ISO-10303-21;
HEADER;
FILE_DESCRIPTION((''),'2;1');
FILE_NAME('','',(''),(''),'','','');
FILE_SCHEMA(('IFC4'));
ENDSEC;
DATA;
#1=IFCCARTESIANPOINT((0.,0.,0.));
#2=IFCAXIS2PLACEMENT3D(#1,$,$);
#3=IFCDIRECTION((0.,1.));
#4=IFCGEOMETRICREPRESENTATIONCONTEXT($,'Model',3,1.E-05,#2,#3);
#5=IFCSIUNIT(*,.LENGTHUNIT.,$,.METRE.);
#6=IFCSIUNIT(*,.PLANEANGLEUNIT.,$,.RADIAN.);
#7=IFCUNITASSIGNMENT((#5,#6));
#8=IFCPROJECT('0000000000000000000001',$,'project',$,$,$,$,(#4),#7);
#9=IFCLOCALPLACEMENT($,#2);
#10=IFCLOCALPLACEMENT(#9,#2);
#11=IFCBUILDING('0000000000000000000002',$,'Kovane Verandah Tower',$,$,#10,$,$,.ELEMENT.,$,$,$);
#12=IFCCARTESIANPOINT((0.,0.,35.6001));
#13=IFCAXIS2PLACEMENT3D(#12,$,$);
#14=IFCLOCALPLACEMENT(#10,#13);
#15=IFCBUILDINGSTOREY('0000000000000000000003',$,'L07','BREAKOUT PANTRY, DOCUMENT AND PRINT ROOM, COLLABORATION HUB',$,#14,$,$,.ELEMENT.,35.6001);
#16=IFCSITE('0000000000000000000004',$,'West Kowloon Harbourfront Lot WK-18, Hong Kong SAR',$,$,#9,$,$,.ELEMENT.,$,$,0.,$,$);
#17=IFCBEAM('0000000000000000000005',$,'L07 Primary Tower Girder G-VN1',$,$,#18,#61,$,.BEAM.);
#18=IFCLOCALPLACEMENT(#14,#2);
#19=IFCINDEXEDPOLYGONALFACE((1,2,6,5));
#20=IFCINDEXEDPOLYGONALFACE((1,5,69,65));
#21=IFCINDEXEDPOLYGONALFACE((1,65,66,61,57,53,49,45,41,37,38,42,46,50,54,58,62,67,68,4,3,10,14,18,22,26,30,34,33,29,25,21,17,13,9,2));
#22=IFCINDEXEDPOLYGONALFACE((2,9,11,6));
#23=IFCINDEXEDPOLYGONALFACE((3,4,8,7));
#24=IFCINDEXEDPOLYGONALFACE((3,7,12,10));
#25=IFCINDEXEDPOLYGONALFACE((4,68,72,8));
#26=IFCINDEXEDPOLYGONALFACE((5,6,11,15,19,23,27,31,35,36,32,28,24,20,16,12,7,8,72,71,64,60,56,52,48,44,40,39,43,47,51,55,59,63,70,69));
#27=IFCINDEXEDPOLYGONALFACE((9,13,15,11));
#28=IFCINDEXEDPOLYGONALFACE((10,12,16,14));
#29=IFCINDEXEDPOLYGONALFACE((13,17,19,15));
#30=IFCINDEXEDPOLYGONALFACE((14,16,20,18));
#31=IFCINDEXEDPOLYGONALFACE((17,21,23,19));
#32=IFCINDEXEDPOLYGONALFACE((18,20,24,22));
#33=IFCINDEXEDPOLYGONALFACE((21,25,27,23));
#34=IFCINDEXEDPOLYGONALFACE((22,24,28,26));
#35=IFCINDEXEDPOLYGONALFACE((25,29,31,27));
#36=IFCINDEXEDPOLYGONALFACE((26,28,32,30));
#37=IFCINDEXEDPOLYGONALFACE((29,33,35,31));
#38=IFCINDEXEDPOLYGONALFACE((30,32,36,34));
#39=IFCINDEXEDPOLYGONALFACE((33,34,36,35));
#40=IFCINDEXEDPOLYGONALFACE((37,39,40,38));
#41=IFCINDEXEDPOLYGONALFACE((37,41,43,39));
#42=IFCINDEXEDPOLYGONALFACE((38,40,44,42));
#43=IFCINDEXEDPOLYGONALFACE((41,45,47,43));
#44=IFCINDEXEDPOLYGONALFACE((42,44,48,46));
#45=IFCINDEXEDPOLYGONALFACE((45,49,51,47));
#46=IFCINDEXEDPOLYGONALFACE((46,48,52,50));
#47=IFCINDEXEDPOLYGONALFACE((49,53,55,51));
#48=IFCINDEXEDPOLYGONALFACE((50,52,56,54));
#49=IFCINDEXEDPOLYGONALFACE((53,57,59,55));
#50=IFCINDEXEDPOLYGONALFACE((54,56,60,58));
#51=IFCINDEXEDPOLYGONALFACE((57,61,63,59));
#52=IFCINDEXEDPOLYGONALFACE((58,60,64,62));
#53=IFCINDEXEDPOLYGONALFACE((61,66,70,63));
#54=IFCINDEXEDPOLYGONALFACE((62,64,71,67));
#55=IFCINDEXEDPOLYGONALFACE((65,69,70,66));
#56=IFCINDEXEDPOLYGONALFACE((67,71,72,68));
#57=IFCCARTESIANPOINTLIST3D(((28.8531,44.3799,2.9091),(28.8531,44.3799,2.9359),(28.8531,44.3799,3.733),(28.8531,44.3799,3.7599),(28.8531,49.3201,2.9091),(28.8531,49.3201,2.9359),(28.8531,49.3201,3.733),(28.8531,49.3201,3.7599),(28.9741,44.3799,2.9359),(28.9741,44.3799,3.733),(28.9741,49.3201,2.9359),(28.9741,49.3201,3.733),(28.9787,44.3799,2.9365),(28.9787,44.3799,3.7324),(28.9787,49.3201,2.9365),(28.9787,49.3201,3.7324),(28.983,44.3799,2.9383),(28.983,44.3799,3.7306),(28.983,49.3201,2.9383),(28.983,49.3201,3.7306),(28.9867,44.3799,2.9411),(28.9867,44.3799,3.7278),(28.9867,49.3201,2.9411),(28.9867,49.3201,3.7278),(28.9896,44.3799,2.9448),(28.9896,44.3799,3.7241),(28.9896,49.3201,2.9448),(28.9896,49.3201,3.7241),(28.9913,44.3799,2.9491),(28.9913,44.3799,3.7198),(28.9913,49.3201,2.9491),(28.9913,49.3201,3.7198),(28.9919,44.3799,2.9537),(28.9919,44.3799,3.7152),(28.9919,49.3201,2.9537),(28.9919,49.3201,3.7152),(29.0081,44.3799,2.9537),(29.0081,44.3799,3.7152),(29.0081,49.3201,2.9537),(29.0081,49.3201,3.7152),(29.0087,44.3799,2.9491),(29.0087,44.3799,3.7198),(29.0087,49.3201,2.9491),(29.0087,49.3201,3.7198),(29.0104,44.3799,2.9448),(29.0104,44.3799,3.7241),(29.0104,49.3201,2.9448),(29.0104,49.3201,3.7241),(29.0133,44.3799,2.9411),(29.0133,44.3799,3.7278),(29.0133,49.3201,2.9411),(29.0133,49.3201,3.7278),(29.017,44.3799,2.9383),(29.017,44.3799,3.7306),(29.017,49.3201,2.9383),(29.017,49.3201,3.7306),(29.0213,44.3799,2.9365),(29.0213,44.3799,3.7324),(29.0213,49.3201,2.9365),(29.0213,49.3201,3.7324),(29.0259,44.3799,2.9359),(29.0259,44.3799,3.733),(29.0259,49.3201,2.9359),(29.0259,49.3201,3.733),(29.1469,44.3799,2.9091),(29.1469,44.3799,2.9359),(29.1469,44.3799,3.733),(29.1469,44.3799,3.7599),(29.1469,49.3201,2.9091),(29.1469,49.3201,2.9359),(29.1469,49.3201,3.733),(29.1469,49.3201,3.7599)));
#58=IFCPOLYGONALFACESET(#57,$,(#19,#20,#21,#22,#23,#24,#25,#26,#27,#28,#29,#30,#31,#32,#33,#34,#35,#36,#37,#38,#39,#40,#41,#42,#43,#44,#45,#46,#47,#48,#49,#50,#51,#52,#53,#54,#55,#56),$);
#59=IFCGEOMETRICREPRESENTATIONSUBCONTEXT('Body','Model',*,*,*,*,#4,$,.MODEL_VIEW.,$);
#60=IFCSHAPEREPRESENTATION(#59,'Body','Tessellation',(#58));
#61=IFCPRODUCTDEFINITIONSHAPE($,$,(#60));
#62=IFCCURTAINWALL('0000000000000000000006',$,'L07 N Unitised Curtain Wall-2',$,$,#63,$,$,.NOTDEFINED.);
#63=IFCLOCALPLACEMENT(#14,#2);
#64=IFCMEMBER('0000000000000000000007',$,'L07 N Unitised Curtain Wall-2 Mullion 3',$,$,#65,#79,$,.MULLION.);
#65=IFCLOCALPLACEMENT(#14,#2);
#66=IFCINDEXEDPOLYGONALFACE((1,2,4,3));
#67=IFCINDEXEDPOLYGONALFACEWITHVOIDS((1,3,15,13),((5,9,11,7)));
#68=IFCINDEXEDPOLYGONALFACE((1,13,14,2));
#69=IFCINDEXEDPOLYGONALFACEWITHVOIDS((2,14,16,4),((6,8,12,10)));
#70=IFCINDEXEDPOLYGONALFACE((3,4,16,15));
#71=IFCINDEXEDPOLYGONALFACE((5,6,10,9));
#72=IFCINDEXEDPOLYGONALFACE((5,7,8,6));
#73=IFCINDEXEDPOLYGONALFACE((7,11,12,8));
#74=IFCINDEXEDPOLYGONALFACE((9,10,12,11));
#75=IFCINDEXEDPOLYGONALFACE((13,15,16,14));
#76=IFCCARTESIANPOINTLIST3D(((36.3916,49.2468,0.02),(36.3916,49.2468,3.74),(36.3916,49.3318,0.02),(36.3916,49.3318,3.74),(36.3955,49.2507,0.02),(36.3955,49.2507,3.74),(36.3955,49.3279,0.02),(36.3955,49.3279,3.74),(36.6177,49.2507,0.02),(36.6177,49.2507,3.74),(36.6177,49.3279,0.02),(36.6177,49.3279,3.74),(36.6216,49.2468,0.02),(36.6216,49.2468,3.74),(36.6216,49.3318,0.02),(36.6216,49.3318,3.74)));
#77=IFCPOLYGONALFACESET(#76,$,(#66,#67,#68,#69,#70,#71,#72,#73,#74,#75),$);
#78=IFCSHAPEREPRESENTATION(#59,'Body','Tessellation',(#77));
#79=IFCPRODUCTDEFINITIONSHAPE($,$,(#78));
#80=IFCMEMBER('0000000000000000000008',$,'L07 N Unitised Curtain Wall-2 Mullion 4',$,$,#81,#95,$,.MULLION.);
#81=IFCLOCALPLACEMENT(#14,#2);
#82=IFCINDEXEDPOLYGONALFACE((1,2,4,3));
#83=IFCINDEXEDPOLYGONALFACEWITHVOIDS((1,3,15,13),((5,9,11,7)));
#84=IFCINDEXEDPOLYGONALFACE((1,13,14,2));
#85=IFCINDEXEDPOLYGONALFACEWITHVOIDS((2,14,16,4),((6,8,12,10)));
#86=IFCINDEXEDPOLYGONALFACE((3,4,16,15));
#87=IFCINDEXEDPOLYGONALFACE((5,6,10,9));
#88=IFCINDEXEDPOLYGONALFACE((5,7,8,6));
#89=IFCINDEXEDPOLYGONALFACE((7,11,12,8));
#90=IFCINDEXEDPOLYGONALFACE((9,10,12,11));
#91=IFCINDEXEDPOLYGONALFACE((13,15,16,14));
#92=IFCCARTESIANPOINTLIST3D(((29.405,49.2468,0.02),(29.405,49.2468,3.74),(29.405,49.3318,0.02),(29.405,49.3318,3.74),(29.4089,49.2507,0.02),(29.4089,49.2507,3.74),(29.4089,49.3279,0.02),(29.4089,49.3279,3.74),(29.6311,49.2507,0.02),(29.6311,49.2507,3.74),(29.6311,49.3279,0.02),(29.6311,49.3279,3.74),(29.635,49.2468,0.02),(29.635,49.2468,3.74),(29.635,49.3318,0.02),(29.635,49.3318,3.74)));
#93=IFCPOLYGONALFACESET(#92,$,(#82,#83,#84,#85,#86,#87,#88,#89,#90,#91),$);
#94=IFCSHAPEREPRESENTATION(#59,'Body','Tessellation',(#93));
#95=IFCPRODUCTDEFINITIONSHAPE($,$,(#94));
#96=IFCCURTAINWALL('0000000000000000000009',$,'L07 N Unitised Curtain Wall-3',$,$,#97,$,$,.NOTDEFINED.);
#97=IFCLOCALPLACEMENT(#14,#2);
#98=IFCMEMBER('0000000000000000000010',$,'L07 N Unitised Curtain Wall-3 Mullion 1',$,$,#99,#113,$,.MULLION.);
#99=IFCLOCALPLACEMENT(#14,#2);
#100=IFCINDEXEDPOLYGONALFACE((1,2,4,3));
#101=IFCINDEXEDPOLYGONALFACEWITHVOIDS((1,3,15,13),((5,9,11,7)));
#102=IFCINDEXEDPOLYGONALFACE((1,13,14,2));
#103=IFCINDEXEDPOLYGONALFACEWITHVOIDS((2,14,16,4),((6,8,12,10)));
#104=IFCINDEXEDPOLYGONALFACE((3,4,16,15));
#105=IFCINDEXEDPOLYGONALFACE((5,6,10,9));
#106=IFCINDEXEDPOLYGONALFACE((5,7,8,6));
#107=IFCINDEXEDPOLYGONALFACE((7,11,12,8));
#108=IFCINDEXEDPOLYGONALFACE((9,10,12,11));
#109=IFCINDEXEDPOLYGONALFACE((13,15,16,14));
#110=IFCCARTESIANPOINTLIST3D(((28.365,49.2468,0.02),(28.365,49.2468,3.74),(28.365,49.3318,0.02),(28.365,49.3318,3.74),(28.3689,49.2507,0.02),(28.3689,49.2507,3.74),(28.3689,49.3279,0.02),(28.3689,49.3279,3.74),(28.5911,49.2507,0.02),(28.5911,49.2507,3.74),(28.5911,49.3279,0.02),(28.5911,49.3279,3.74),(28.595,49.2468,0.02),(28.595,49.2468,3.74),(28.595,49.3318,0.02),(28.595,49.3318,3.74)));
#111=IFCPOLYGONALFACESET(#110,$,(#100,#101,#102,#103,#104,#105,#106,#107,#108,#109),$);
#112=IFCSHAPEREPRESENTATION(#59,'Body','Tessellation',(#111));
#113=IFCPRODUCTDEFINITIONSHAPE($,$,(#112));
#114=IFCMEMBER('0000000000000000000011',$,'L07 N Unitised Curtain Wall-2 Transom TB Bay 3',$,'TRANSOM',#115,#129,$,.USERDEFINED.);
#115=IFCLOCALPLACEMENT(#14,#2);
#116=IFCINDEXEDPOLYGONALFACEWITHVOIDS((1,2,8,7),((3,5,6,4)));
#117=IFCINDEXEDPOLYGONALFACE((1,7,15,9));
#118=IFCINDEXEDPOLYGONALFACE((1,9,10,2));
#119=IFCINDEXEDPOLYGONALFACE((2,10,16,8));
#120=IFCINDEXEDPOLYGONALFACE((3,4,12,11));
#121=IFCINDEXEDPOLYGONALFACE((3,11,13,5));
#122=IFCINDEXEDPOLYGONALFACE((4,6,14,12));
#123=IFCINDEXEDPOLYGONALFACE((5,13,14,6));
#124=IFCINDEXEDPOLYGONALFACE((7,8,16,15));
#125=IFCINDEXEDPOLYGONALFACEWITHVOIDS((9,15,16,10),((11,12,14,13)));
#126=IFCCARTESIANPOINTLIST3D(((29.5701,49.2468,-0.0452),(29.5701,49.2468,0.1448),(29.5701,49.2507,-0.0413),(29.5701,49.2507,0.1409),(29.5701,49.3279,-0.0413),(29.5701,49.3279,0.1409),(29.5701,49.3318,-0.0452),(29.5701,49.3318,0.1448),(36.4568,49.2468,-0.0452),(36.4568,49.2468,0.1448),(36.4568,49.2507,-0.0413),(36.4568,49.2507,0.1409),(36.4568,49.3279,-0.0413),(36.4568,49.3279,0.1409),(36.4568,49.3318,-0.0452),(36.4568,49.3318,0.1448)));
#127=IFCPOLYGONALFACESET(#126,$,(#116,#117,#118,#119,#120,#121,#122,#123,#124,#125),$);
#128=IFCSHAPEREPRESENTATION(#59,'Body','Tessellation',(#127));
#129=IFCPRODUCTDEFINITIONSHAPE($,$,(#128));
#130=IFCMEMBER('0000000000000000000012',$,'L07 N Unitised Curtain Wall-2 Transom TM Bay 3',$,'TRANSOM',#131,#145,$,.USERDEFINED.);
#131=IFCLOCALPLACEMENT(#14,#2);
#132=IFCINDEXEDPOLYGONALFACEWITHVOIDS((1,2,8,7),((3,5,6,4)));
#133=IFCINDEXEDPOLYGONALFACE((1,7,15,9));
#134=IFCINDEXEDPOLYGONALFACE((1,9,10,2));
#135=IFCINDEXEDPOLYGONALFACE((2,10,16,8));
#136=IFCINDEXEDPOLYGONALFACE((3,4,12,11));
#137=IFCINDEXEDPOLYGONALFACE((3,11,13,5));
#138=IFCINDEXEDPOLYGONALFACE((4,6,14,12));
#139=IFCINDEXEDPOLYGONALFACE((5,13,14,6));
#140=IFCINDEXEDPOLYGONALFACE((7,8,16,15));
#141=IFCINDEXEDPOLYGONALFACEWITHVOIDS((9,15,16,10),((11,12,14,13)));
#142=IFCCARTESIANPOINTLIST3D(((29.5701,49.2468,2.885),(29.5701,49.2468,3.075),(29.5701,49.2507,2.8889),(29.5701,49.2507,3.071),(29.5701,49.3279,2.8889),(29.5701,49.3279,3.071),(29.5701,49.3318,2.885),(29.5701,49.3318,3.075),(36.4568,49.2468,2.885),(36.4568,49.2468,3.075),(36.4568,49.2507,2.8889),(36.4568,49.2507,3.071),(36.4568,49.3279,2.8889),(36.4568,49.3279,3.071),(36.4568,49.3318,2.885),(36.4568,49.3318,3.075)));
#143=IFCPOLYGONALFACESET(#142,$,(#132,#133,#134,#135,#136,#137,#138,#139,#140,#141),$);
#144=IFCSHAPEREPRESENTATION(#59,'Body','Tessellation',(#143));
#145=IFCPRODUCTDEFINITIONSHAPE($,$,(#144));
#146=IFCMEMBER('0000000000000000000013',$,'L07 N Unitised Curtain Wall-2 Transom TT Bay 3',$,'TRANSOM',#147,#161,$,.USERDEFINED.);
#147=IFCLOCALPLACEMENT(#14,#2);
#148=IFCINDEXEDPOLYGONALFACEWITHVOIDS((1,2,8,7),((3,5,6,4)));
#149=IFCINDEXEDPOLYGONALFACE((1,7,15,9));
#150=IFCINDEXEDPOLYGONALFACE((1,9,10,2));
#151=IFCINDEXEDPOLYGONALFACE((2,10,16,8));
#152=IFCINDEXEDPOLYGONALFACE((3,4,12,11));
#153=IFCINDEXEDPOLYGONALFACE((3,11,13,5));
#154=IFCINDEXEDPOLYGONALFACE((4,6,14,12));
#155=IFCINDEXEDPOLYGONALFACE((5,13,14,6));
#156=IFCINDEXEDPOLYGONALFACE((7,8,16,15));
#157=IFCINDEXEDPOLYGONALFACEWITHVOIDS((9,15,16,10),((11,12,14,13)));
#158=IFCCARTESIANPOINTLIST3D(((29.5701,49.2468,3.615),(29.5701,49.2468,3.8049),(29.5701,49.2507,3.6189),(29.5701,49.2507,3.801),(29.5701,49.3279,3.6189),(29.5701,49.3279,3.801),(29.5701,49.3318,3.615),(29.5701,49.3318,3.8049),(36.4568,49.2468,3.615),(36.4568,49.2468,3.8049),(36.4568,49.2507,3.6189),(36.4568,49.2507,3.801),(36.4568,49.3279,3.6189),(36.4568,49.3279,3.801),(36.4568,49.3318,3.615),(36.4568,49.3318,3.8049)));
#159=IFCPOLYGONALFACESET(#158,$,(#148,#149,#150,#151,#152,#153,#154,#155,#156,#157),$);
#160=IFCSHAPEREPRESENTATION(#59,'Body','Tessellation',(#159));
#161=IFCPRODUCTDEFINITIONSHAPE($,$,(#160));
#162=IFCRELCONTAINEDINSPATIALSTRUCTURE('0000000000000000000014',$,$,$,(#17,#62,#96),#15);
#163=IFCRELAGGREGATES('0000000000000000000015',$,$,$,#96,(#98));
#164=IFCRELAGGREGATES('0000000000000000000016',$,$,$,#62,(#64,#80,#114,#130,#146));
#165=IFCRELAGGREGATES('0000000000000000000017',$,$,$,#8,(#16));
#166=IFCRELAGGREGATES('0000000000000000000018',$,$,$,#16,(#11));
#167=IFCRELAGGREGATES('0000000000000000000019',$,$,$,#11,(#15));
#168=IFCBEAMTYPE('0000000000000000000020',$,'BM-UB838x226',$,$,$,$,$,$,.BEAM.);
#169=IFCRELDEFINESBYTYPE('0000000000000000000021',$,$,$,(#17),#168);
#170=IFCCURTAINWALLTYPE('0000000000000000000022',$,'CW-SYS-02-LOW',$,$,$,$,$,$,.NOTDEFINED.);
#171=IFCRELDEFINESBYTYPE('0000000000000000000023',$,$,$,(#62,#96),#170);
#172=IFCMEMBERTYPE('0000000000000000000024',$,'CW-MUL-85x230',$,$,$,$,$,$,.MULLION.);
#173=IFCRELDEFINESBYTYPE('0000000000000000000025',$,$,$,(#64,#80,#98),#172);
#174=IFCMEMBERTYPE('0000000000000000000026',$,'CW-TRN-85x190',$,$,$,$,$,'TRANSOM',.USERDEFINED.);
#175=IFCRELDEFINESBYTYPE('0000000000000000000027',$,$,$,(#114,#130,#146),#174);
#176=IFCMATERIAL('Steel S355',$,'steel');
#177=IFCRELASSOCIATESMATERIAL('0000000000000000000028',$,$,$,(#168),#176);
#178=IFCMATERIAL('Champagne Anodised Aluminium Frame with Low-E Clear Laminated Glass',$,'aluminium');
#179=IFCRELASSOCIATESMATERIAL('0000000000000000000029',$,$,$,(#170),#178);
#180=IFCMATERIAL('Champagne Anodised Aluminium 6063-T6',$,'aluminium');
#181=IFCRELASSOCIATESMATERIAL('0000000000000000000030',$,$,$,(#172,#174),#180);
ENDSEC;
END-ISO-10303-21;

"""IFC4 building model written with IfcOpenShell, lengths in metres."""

from ifc_helpers import new_model, si_unit, direction, frame, origin, origin_2d, place, context, subcontext, project, spatial, hollow_rectangle, i_section, extrude, material, material_profile, profile_set, type_object, element, aggregate, save


model = new_model("IFC4")

# Units and contexts
model_context = context("Model", 3, precision=1e-05, world=origin(), true_north=direction((0.0, 1.0)))
body_context = subcontext(model_context, "Body", "Model", "MODEL_VIEW")
ifc_project = project(units=[si_unit("LENGTHUNIT", "METRE"), si_unit("PLANEANGLEUNIT", "RADIAN")], contexts=[model_context])

# Site, building, storey
site_placement = place(None, origin())
site = spatial("IfcSite", under=ifc_project, at=site_placement, Name="West Kowloon Harbourfront Lot WK-18, Hong Kong SAR", CompositionType="ELEMENT", RefElevation=0.0)
building_placement = place(site_placement, origin())
building = spatial("IfcBuilding", under=site, at=building_placement, Name="Kovane Verandah Tower", CompositionType="ELEMENT")
storey_placement = place(building_placement, frame((0.0, 0.0, 35.6001)))
storey = spatial("IfcBuildingStorey", under=building, at=storey_placement, Name="L07", Description="BREAKOUT PANTRY, DOCUMENT AND PRINT ROOM, COLLABORATION HUB", CompositionType="ELEMENT", Elevation=35.6001)

# Beam
ifc_material_1 = material(Name="Steel S355", Category="steel")
ifc_material_profile_1 = material_profile(ifc_material_1, i_section(OverallWidth=0.2937, OverallDepth=0.8508, WebThickness=0.0161, FlangeThickness=0.0269, FilletRadius=0.0178, at=origin_2d()), Name="UB838x292x226")
ifc_profile_set_1 = profile_set([ifc_material_profile_1], Name="Steel S355")
beam_type_1 = type_object("IfcBeamType", Name="BM-UB838x226", PredefinedType="BEAM", material=ifc_profile_set_1)
beam_1_placement = place(storey_placement, frame((29.0, 44.3799, 3.3345), z_axis=(0.0, 1.0, 0.0), x_axis=(-1.0, 0.0, 0.0)))
element("IfcBeam", 1, at=beam_1_placement, inside=storey, type_object=beam_type_1, Name="L07 Primary Tower Girder G-VN1", PredefinedType="BEAM", context=body_context, shape_type="SweptSolid", body=[
    extrude(i_section(OverallWidth=0.2937, OverallDepth=0.8508, WebThickness=0.0161, FlangeThickness=0.0269, FilletRadius=0.0178, at=origin_2d()), origin(), (0.0, 0.0, 1.0), 4.9402),
])

# Curtain wall, members
ifc_material_2 = material(Name="Champagne Anodised Aluminium Frame with Low-E Clear Laminated Glass", Category="aluminium")
curtain_wall_type = type_object("IfcCurtainWallType", Name="CW-SYS-02-LOW", PredefinedType="NOTDEFINED", material=ifc_material_2)
curtain_wall_1_placement = place(storey_placement, origin())
curtain_wall_1 = element("IfcCurtainWall", 2, at=curtain_wall_1_placement, inside=storey, type_object=curtain_wall_type, Name="L07 N Unitised Curtain Wall-2", PredefinedType="NOTDEFINED")
ifc_material_3 = material(Name="Champagne Anodised Aluminium 6063-T6", Category="aluminium")
ifc_material_profile_2 = material_profile(ifc_material_3, hollow_rectangle(XDim=0.085, YDim=0.23, WallThickness=0.0039, at=origin_2d()), Name="AL85x230x4")
ifc_profile_set_2 = profile_set([ifc_material_profile_2], Name="Champagne Anodised Aluminium 6063-T6")
member_type_1 = type_object("IfcMemberType", Name="CW-MUL-85x230", PredefinedType="MULLION", material=ifc_profile_set_2)
member_1_placement = place(storey_placement, frame((36.5066, 49.2893, 0.02), z_axis=(0.0, 0.0, 1.0), x_axis=(0.0, 1.0, 0.0)))
member_1 = element("IfcMember", 3, at=member_1_placement, type_object=member_type_1, Name="L07 N Unitised Curtain Wall-2 Mullion 3", PredefinedType="MULLION", context=body_context, shape_type="SweptSolid", body=[
    extrude(hollow_rectangle(XDim=0.085, YDim=0.23, WallThickness=0.0039, at=origin_2d()), origin(), (0.0, 0.0, 1.0), 3.72),
])
member_2_placement = place(storey_placement, frame((29.52, 49.2893, 0.02), z_axis=(0.0, 0.0, 1.0), x_axis=(0.0, 1.0, 0.0)))
member_2 = element("IfcMember", 4, at=member_2_placement, type_object=member_type_1, Name="L07 N Unitised Curtain Wall-2 Mullion 4", PredefinedType="MULLION", context=body_context, shape_type="SweptSolid", body=[
    extrude(hollow_rectangle(XDim=0.085, YDim=0.23, WallThickness=0.0039, at=origin_2d()), origin(), (0.0, 0.0, 1.0), 3.72),
])

# Curtain wall, member
curtain_wall_2_placement = place(storey_placement, origin())
curtain_wall_2 = element("IfcCurtainWall", 5, at=curtain_wall_2_placement, inside=storey, type_object=curtain_wall_type, Name="L07 N Unitised Curtain Wall-3", PredefinedType="NOTDEFINED")
member_3_placement = place(storey_placement, frame((28.48, 49.2893, 0.02), z_axis=(0.0, 0.0, 1.0), x_axis=(0.0, 1.0, 0.0)))
member_3 = element("IfcMember", 6, at=member_3_placement, type_object=member_type_1, Name="L07 N Unitised Curtain Wall-3 Mullion 1", PredefinedType="MULLION", context=body_context, shape_type="SweptSolid", body=[
    extrude(hollow_rectangle(XDim=0.085, YDim=0.23, WallThickness=0.0039, at=origin_2d()), origin(), (0.0, 0.0, 1.0), 3.72),
])
aggregate(curtain_wall_2, [member_3])

# Members
ifc_material_profile_3 = material_profile(ifc_material_3, hollow_rectangle(XDim=0.085, YDim=0.1899, WallThickness=0.0039, at=origin_2d()), Name="AL85x190x4")
ifc_profile_set_3 = profile_set([ifc_material_profile_3], Name="Champagne Anodised Aluminium 6063-T6")
member_type_2 = type_object("IfcMemberType", Name="CW-TRN-85x190", ElementType="TRANSOM", PredefinedType="USERDEFINED", material=ifc_profile_set_3)
member_4_placement = place(storey_placement, frame((36.4568, 49.2893, 0.0498), z_axis=(-1.0, 0.0, 0.0), x_axis=(0.0, -1.0, 0.0)))
member_4 = element("IfcMember", 7, at=member_4_placement, type_object=member_type_2, Name="L07 N Unitised Curtain Wall-2 Transom TB Bay 3", ObjectType="TRANSOM", PredefinedType="USERDEFINED", context=body_context, shape_type="SweptSolid", body=[
    extrude(hollow_rectangle(XDim=0.085, YDim=0.1899, WallThickness=0.0039, at=origin_2d()), origin(), (0.0, 0.0, 1.0), 6.8867),
])
member_5_placement = place(storey_placement, frame((36.4568, 49.2893, 2.98), z_axis=(-1.0, 0.0, 0.0), x_axis=(0.0, -1.0, 0.0)))
member_5 = element("IfcMember", 8, at=member_5_placement, type_object=member_type_2, Name="L07 N Unitised Curtain Wall-2 Transom TM Bay 3", ObjectType="TRANSOM", PredefinedType="USERDEFINED", context=body_context, shape_type="SweptSolid", body=[
    extrude(hollow_rectangle(XDim=0.085, YDim=0.1899, WallThickness=0.0039, at=origin_2d()), origin(), (0.0, 0.0, 1.0), 6.8867),
])
member_6_placement = place(storey_placement, frame((36.4568, 49.2893, 3.71), z_axis=(-1.0, 0.0, 0.0), x_axis=(0.0, -1.0, 0.0)))
member_6 = element("IfcMember", 9, at=member_6_placement, type_object=member_type_2, Name="L07 N Unitised Curtain Wall-2 Transom TT Bay 3", ObjectType="TRANSOM", PredefinedType="USERDEFINED", context=body_context, shape_type="SweptSolid", body=[
    extrude(hollow_rectangle(XDim=0.085, YDim=0.1899, WallThickness=0.0039, at=origin_2d()), origin(), (0.0, 0.0, 1.0), 6.8867),
])

aggregate(curtain_wall_1, [member_1, member_2, member_4, member_5, member_6])

save(model, "model.ifc")
